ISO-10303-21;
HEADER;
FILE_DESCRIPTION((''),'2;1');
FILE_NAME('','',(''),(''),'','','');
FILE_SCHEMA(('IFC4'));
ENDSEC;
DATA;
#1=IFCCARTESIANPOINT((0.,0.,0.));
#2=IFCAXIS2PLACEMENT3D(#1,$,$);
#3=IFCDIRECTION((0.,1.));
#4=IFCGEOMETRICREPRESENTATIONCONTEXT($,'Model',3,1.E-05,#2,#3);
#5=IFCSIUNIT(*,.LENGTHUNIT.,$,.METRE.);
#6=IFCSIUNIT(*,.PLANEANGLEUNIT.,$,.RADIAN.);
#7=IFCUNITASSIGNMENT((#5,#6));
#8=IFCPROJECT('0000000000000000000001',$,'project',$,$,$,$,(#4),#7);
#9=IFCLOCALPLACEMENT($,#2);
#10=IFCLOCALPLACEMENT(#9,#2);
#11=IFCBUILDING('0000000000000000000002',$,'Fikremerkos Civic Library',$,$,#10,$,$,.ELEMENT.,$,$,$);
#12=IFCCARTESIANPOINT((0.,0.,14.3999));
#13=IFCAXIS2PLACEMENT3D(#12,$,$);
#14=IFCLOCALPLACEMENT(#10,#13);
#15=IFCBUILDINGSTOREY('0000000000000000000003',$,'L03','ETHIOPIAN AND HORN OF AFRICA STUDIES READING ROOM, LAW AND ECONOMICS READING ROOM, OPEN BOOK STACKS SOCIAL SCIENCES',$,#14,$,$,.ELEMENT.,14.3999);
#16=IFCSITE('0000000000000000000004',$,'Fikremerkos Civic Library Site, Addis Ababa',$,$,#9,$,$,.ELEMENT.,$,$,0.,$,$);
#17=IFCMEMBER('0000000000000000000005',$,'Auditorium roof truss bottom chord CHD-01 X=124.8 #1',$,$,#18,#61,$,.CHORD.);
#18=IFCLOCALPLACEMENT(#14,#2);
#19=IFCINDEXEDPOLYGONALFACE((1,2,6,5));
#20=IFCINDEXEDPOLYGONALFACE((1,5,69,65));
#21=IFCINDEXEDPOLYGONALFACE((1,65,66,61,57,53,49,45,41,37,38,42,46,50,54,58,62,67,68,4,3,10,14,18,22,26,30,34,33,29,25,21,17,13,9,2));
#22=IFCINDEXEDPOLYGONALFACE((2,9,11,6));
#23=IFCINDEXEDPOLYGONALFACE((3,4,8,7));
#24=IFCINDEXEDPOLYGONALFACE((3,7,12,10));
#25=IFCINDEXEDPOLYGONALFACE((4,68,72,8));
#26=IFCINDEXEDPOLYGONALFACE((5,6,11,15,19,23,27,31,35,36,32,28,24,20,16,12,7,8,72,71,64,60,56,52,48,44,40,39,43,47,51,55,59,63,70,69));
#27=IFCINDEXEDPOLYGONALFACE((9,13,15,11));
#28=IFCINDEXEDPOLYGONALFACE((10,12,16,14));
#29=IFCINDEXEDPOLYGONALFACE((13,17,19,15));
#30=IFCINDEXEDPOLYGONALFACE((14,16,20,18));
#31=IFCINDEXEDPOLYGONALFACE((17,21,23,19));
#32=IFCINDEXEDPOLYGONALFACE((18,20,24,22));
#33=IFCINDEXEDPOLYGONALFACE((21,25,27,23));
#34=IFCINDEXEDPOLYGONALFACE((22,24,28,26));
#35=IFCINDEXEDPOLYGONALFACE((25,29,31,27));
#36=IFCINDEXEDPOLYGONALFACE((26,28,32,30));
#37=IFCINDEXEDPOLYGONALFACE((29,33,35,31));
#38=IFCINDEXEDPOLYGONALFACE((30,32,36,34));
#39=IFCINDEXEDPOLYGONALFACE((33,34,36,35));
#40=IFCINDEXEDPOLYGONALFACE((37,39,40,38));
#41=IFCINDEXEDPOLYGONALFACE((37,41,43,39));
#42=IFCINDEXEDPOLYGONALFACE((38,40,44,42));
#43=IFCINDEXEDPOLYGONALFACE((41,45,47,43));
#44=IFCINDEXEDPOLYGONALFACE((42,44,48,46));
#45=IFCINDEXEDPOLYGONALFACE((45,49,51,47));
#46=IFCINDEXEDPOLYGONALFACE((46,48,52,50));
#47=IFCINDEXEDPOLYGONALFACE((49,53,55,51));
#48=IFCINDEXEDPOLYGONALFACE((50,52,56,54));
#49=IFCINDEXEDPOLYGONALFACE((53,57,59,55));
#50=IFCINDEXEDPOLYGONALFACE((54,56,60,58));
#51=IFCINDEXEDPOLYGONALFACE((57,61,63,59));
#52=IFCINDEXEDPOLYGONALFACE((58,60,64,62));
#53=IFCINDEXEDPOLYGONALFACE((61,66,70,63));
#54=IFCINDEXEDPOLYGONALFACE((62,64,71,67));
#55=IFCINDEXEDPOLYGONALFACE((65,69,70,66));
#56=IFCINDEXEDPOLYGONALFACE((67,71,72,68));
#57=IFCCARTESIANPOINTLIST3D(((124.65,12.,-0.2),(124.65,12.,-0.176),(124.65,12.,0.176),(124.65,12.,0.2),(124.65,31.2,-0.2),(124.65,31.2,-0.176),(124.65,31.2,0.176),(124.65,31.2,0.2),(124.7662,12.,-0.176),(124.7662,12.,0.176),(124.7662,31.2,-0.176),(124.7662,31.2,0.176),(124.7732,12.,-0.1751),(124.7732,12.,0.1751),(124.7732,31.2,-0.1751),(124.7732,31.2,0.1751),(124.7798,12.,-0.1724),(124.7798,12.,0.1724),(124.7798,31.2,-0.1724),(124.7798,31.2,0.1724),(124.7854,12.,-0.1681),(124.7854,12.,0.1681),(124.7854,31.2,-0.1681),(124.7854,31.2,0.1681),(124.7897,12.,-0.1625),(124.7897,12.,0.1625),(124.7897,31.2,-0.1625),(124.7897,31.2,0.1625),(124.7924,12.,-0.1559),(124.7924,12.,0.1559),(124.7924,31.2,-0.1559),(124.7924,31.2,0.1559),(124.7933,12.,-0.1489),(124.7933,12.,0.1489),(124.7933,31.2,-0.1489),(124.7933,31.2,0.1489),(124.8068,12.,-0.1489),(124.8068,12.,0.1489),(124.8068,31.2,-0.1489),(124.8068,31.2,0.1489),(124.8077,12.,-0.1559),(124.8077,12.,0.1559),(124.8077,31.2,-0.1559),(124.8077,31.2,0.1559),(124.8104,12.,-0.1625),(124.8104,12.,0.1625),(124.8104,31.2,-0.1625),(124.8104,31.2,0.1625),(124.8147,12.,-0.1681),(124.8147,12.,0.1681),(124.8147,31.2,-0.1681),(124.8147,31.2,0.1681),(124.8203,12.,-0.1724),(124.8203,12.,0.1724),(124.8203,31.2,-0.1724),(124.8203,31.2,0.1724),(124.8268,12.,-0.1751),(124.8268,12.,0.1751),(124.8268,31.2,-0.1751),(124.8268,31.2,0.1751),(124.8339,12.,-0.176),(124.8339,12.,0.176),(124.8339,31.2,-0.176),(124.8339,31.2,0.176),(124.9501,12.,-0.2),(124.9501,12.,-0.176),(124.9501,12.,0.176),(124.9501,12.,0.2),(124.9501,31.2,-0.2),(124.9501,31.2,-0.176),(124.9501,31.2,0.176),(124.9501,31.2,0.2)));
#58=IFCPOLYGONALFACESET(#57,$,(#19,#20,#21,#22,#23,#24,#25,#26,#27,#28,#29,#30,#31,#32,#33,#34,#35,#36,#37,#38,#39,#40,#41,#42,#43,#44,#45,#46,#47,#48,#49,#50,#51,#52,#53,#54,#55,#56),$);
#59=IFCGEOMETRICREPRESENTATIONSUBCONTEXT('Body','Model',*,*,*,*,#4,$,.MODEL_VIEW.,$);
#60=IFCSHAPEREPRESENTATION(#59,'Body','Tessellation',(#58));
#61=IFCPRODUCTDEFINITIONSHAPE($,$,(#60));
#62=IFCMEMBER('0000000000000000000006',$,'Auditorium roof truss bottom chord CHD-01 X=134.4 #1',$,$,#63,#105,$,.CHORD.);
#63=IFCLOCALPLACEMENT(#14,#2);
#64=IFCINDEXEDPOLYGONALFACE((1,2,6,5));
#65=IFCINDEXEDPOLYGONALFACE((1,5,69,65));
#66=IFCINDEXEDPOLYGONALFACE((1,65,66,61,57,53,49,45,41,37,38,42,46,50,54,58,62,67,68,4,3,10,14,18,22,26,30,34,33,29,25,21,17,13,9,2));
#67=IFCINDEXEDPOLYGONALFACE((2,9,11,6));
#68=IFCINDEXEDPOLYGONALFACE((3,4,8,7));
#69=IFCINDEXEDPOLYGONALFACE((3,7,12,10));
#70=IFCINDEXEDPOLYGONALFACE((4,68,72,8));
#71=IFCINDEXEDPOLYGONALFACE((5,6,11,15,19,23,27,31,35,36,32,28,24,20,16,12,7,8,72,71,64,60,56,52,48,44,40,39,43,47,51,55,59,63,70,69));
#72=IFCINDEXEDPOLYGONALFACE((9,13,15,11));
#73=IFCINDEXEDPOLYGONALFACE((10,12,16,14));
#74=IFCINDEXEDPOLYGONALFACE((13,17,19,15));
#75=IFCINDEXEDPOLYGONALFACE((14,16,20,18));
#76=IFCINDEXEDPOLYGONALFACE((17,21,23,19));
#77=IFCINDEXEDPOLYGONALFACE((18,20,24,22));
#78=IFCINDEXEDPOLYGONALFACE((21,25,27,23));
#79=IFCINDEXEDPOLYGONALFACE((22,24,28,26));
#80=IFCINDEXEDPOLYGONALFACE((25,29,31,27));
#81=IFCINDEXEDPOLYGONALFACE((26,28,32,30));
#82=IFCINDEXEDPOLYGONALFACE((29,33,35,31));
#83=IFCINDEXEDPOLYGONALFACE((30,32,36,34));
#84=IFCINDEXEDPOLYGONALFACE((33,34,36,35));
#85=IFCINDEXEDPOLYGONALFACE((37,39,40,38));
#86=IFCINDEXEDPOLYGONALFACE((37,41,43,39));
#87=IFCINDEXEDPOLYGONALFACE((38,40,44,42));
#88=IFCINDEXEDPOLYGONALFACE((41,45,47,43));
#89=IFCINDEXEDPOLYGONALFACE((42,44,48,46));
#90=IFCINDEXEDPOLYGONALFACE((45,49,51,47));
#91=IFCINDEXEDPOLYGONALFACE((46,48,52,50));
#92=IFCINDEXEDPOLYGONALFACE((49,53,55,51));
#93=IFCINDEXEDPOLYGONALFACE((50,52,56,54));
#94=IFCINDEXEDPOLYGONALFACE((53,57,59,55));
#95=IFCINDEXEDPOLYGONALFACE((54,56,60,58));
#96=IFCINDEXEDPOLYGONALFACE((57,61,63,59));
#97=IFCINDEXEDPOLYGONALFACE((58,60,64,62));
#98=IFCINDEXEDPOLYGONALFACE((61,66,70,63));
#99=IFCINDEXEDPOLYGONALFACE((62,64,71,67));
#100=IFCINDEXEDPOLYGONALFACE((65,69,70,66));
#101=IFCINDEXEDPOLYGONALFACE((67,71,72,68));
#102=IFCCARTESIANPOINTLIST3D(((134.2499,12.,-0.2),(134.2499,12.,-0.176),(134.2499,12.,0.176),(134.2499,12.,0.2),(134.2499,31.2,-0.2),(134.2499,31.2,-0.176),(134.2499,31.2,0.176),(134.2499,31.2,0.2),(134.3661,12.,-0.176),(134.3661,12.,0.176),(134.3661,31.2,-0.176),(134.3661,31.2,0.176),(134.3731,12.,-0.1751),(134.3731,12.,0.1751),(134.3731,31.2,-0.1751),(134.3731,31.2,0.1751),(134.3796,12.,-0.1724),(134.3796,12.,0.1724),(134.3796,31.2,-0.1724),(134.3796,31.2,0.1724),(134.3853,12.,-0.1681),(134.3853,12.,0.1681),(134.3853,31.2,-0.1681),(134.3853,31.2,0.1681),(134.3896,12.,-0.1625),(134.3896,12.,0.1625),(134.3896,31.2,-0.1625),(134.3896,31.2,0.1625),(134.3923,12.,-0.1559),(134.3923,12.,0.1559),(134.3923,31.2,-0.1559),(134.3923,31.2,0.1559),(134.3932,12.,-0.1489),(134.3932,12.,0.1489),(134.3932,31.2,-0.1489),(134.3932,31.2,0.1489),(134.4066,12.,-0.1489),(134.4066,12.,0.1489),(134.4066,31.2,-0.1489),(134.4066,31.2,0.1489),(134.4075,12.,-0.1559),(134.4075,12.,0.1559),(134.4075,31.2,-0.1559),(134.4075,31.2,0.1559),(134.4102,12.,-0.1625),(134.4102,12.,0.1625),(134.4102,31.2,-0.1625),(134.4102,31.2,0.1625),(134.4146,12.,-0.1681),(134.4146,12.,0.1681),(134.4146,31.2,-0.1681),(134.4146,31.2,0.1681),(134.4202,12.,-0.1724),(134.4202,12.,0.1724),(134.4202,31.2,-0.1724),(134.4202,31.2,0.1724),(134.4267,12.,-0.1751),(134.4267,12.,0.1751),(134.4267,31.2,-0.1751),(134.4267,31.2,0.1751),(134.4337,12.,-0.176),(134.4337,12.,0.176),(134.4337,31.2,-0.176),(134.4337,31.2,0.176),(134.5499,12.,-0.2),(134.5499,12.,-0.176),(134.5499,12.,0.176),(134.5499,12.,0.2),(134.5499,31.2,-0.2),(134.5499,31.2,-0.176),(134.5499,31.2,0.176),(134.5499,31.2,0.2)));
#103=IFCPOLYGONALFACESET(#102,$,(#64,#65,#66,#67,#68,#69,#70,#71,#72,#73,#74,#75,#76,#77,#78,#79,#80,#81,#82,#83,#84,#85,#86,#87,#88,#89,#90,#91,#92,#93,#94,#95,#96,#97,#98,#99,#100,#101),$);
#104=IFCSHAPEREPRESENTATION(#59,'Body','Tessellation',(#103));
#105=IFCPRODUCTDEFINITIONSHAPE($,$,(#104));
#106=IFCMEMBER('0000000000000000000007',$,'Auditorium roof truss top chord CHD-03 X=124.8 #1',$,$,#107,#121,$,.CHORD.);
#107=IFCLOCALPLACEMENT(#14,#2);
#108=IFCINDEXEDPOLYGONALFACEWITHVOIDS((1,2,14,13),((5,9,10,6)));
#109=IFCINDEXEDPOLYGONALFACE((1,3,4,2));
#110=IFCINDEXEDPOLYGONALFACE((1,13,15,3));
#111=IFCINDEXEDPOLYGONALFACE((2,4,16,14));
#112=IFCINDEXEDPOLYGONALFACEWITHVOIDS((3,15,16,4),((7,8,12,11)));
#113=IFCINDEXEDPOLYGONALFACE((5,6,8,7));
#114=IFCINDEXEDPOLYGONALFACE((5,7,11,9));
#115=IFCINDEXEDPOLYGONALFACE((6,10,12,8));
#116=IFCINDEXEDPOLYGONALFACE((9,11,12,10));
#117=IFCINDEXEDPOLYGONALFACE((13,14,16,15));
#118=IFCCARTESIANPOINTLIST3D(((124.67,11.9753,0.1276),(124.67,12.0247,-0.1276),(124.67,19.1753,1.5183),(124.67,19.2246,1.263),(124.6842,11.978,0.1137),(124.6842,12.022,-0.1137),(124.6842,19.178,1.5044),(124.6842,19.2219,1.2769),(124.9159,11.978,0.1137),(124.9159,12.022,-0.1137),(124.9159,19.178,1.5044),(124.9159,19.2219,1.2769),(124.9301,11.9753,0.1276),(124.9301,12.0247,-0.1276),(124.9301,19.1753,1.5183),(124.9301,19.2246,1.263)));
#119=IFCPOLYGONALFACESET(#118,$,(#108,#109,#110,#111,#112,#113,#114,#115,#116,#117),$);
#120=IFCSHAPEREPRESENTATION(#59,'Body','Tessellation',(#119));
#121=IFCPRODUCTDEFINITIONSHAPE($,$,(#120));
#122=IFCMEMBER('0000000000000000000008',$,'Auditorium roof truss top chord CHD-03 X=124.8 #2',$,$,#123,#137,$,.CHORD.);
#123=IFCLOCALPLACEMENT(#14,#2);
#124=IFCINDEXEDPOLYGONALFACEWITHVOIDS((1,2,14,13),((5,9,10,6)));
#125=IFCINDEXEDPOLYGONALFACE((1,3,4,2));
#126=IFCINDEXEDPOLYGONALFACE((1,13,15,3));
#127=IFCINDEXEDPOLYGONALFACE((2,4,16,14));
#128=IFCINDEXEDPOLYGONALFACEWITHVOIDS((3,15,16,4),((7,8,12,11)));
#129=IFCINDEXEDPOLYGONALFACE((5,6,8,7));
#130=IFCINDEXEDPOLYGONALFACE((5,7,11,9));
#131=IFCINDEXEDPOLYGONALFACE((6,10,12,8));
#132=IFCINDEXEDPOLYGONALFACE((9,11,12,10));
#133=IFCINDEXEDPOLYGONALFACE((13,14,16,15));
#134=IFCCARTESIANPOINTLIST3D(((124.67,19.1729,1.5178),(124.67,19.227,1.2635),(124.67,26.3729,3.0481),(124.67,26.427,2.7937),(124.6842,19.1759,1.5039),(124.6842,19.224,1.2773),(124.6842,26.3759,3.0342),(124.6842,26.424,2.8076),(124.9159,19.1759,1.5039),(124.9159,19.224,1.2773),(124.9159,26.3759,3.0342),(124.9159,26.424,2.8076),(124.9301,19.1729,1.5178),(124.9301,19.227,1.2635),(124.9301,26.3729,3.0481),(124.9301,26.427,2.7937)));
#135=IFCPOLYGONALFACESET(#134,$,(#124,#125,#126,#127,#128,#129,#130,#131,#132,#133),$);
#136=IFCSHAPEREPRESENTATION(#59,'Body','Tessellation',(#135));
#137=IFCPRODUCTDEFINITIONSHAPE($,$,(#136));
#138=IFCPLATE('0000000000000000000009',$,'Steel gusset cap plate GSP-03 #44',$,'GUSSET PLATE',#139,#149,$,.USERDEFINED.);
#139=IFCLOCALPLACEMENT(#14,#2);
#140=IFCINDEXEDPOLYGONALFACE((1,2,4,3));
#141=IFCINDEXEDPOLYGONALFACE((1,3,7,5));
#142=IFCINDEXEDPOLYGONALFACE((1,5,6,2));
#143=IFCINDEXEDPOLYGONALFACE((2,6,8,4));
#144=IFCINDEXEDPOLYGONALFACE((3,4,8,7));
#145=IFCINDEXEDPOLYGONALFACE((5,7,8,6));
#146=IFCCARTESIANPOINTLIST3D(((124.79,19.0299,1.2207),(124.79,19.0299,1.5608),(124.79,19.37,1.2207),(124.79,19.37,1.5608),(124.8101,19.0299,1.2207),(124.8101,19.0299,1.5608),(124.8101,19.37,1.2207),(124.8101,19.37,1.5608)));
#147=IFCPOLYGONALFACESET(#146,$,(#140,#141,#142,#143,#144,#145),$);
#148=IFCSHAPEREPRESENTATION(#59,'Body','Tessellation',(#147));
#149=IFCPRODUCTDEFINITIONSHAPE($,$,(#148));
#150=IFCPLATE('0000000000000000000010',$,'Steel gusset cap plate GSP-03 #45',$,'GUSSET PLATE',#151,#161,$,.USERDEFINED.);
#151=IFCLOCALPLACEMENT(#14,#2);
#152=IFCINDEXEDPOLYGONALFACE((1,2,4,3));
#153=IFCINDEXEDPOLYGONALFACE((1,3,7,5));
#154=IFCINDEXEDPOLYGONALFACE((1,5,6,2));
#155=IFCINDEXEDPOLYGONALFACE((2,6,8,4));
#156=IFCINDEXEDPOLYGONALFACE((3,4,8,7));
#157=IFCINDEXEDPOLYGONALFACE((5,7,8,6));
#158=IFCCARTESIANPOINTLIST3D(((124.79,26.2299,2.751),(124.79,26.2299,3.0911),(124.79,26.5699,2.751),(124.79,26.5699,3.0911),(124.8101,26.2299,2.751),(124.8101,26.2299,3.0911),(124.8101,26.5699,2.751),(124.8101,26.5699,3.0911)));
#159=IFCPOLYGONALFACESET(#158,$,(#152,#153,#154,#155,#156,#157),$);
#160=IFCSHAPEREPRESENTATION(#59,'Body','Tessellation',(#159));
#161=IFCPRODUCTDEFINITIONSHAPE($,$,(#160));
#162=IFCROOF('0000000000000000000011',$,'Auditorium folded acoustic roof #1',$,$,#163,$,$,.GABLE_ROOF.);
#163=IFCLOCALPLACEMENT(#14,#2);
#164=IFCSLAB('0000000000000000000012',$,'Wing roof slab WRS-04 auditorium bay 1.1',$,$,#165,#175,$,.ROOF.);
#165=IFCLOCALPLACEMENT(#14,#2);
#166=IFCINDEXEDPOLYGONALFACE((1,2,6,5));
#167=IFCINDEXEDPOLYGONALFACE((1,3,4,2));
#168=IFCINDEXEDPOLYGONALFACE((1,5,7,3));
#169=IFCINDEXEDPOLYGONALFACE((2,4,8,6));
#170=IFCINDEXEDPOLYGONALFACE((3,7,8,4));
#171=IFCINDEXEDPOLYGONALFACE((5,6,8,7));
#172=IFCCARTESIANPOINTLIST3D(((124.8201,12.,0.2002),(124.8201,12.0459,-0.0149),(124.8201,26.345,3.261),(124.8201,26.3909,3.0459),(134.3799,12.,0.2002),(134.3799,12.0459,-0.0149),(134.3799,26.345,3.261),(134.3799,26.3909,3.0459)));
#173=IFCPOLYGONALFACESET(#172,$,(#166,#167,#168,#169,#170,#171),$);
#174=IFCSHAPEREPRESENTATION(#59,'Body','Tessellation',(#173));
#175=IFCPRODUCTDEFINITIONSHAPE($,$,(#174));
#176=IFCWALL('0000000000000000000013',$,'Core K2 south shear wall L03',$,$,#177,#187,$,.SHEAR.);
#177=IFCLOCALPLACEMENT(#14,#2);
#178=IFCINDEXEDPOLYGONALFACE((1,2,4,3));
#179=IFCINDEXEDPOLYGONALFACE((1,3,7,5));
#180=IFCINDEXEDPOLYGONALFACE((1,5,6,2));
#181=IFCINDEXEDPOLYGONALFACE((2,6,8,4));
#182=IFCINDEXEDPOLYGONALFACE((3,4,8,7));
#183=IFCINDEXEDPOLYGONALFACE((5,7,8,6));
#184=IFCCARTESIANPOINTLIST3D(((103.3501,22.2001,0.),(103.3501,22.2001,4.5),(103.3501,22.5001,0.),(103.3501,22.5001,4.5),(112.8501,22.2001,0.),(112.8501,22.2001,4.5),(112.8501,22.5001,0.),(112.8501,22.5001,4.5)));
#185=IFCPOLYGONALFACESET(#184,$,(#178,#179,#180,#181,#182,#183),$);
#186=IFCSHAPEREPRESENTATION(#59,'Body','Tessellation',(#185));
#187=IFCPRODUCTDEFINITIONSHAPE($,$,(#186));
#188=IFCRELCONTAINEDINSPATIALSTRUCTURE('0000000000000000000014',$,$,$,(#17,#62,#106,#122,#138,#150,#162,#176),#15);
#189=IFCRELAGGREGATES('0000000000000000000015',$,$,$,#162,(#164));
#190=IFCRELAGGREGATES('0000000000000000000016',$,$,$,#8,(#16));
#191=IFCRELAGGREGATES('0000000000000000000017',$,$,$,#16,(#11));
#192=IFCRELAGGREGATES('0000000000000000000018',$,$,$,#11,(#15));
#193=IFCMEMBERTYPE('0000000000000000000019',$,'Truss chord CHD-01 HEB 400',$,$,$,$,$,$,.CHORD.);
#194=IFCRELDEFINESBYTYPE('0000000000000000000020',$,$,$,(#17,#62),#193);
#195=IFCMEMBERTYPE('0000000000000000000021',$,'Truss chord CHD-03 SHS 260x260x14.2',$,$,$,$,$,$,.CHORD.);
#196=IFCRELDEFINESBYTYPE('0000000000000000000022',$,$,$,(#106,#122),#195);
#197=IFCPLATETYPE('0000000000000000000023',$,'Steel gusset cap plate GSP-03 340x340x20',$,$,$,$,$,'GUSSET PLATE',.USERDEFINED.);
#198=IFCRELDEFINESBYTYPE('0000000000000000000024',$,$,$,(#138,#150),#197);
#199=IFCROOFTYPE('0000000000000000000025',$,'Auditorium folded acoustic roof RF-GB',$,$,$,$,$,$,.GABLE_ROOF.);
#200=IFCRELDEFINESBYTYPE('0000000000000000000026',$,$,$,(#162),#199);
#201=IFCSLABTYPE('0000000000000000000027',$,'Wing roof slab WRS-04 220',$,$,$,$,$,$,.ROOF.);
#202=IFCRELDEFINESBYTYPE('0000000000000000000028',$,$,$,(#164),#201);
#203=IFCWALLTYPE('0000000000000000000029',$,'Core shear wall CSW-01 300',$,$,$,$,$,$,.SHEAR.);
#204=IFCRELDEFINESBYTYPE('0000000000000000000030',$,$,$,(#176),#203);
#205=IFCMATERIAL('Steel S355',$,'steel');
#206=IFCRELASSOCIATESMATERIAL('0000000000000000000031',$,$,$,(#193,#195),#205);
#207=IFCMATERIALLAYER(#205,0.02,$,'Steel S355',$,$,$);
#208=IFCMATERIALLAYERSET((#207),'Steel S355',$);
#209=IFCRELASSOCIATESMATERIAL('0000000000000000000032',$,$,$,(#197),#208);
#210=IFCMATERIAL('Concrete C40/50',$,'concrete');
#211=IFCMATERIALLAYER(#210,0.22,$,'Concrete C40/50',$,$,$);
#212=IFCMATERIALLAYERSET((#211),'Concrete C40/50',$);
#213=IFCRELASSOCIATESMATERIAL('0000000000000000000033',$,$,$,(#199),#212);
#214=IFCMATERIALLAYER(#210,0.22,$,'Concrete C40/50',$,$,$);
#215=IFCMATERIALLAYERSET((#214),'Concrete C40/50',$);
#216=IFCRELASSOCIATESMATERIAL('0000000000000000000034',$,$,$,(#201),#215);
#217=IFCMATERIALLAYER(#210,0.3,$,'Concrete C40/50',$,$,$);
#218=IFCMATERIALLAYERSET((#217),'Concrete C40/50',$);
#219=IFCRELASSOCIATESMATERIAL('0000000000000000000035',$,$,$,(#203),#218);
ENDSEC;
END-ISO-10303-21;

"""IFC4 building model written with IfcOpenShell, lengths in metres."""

from ifc_helpers import new_model, si_unit, direction, frame, frame_2d, origin, origin_2d, place, context, subcontext, project, spatial, polyline, rectangle, hollow_rectangle, i_section, outline, extrude, material, layer, layer_set, material_profile, profile_set, type_object, element, aggregate, save


model = new_model("IFC4")

# Units and contexts
model_context = context("Model", 3, precision=1e-05, world=origin(), true_north=direction((0.0, 1.0)))
body_context = subcontext(model_context, "Body", "Model", "MODEL_VIEW")
ifc_project = project(units=[si_unit("LENGTHUNIT", "METRE"), si_unit("PLANEANGLEUNIT", "RADIAN")], contexts=[model_context])

# Site, building, storey
site_placement = place(None, origin())
site = spatial("IfcSite", under=ifc_project, at=site_placement, Name="Fikremerkos Civic Library Site, Addis Ababa", CompositionType="ELEMENT", RefElevation=0.0)
building_placement = place(site_placement, origin())
building = spatial("IfcBuilding", under=site, at=building_placement, Name="Fikremerkos Civic Library", CompositionType="ELEMENT")
storey_placement = place(building_placement, frame((0.0, 0.0, 14.3999)))
storey = spatial("IfcBuildingStorey", under=building, at=storey_placement, Name="L03", Description="ETHIOPIAN AND HORN OF AFRICA STUDIES READING ROOM, LAW AND ECONOMICS READING ROOM, OPEN BOOK STACKS SOCIAL SCIENCES", CompositionType="ELEMENT", Elevation=14.3999)

# Shared definitions
ifc_material_1 = material(Name="Concrete C40/50", Category="concrete")
ifc_material_2 = material(Name="Steel S355", Category="steel")

# Members
ifc_material_profile_1 = material_profile(ifc_material_2, i_section(OverallWidth=0.3, OverallDepth=0.3999, WebThickness=0.0134, FlangeThickness=0.0239, FilletRadius=0.0271, at=origin_2d()), Name="HEB 400")
ifc_profile_set_1 = profile_set([ifc_material_profile_1], Name="Steel S355")
member_type_1 = type_object("IfcMemberType", Name="Truss chord CHD-01 HEB 400", PredefinedType="CHORD", material=ifc_profile_set_1)
for number, where, z_axis, x_axis, name in (
    (1, (124.8, 12.0, 0.0), (0.0, 1.0, 0.0), (-1.0, 0.0, 0.0), "Auditorium roof truss bottom chord CHD-01 X=124.8 #1"),
    (2, (134.3999, 12.0, 0.0), (0.0, 1.0, 0.0), (-1.0, 0.0, 0.0), "Auditorium roof truss bottom chord CHD-01 X=134.4 #1"),
):
    element("IfcMember", number, at=place(storey_placement, frame(where, z_axis=z_axis, x_axis=x_axis)), inside=storey, type_object=member_type_1, Name=name, PredefinedType="CHORD", context=body_context, shape_type="SweptSolid", body=[
        extrude(i_section(OverallWidth=0.3, OverallDepth=0.3999, WebThickness=0.0134, FlangeThickness=0.0239, FilletRadius=0.0271, at=origin_2d()), origin(), (0.0, 0.0, 1.0), 19.2),
    ])
ifc_material_profile_2 = material_profile(ifc_material_2, hollow_rectangle(XDim=0.26, YDim=0.26, WallThickness=0.0142, at=origin_2d()), Name="SHS 260x260x14.2")
ifc_profile_set_2 = profile_set([ifc_material_profile_2], Name="Steel S355")
member_type_2 = type_object("IfcMemberType", Name="Truss chord CHD-03 SHS 260x260x14.2", PredefinedType="CHORD", material=ifc_profile_set_2)
member_1_placement = place(storey_placement, frame((124.8, 12.0, 0.0), z_axis=(0.0, 0.981854, 0.189639), x_axis=(-1.0, 0.0, 0.0)))
element("IfcMember", 3, at=member_1_placement, inside=storey, type_object=member_type_2, Name="Auditorium roof truss top chord CHD-03 X=124.8 #1", PredefinedType="CHORD", context=body_context, shape_type="SweptSolid", body=[
    extrude(hollow_rectangle(XDim=0.26, YDim=0.26, WallThickness=0.0142, at=origin_2d()), origin(), (0.0, 0.0, 1.0), 7.333),
])
member_2_placement = place(storey_placement, frame((124.8, 19.2, 1.3906), z_axis=(0.0, 0.978151, 0.207896), x_axis=(-1.0, 0.0, 0.0)))
element("IfcMember", 4, at=member_2_placement, inside=storey, type_object=member_type_2, Name="Auditorium roof truss top chord CHD-03 X=124.8 #2", PredefinedType="CHORD", context=body_context, shape_type="SweptSolid", body=[
    extrude(hollow_rectangle(XDim=0.26, YDim=0.26, WallThickness=0.0142, at=origin_2d()), origin(), (0.0, 0.0, 1.0), 7.3608),
])

# Plates
ifc_layer_1 = layer(ifc_material_2, 0.02, Name="Steel S355")
ifc_layer_set_1 = layer_set([ifc_layer_1], Name="Steel S355")
plate_type = type_object("IfcPlateType", Name="Steel gusset cap plate GSP-03 340x340x20", ElementType="GUSSET PLATE", PredefinedType="USERDEFINED", material=ifc_layer_set_1)
for number, where, z_axis, x_axis, name in (
    (5, (124.8, 19.2, 1.2207), (0.0, 0.0, 1.0), (1.0, 0.0, 0.0), "Steel gusset cap plate GSP-03 #44"),
    (6, (124.8, 26.3999, 2.751), (0.0, 0.0, 1.0), (1.0, 0.0, 0.0), "Steel gusset cap plate GSP-03 #45"),
):
    element("IfcPlate", number, at=place(storey_placement, frame(where, z_axis=z_axis, x_axis=x_axis)), inside=storey, type_object=plate_type, Name=name, ObjectType="GUSSET PLATE", PredefinedType="USERDEFINED", context=body_context, shape_type="SweptSolid", body=[
        extrude(rectangle(XDim=0.02, YDim=0.3401, at=origin_2d()), origin(), (0.0, 0.0, 1.0), 0.3401),
    ])

# Roof, slab
ifc_layer_2 = layer(ifc_material_1, 0.22, Name="Concrete C40/50")
ifc_layer_set_2 = layer_set([ifc_layer_2], Name="Concrete C40/50")
roof_type = type_object("IfcRoofType", Name="Auditorium folded acoustic roof RF-GB", PredefinedType="GABLE_ROOF", material=ifc_layer_set_2)
roof_placement = place(storey_placement, origin())
roof = element("IfcRoof", 7, at=roof_placement, inside=storey, type_object=roof_type, Name="Auditorium folded acoustic roof #1", PredefinedType="GABLE_ROOF")
ifc_layer_3 = layer(ifc_material_1, 0.22, Name="Concrete C40/50")
ifc_layer_set_3 = layer_set([ifc_layer_3], Name="Concrete C40/50")
slab_type = type_object("IfcSlabType", Name="Wing roof slab WRS-04 220", PredefinedType="ROOF", material=ifc_layer_set_3)
slab_placement = place(storey_placement, frame((124.8201, 12.0, 0.2002), z_axis=(0.0, -0.208673, 0.977985), x_axis=(1.0, 0.0, 0.0)))
slab = element("IfcSlab", 8, at=slab_placement, type_object=slab_type, Name="Wing roof slab WRS-04 auditorium bay 1.1", PredefinedType="ROOF", context=body_context, shape_type="SweptSolid", body=[
    extrude(outline(polyline([(0.0, 0.0), (9.5598, 0.0), (9.5598, 14.6679), (0.0, 14.6679), (0.0, 0.0)])), origin(), (0.0, 0.0, -1.0), 0.22),
])
aggregate(roof, [slab])

# Wall
ifc_layer_4 = layer(ifc_material_1, 0.3, Name="Concrete C40/50")
ifc_layer_set_4 = layer_set([ifc_layer_4], Name="Concrete C40/50")
wall_type_1 = type_object("IfcWallType", Name="Core shear wall CSW-01 300", PredefinedType="SHEAR", material=ifc_layer_set_4)
wall_1_placement = place(storey_placement, frame((112.8501, 22.3501, 0.0), z_axis=(0.0, 0.0, 1.0), x_axis=(-1.0, 0.0, 0.0)))
element("IfcWall", 9, at=wall_1_placement, inside=storey, type_object=wall_type_1, Name="Core K2 south shear wall L03", PredefinedType="SHEAR", context=body_context, shape_type="SweptSolid", body=[
    extrude(rectangle(XDim=9.5, YDim=0.3, at=frame_2d((4.75, 0.0))), origin(), (0.0, 0.0, 1.0), 4.5),
])

save(model, "model.ifc")
